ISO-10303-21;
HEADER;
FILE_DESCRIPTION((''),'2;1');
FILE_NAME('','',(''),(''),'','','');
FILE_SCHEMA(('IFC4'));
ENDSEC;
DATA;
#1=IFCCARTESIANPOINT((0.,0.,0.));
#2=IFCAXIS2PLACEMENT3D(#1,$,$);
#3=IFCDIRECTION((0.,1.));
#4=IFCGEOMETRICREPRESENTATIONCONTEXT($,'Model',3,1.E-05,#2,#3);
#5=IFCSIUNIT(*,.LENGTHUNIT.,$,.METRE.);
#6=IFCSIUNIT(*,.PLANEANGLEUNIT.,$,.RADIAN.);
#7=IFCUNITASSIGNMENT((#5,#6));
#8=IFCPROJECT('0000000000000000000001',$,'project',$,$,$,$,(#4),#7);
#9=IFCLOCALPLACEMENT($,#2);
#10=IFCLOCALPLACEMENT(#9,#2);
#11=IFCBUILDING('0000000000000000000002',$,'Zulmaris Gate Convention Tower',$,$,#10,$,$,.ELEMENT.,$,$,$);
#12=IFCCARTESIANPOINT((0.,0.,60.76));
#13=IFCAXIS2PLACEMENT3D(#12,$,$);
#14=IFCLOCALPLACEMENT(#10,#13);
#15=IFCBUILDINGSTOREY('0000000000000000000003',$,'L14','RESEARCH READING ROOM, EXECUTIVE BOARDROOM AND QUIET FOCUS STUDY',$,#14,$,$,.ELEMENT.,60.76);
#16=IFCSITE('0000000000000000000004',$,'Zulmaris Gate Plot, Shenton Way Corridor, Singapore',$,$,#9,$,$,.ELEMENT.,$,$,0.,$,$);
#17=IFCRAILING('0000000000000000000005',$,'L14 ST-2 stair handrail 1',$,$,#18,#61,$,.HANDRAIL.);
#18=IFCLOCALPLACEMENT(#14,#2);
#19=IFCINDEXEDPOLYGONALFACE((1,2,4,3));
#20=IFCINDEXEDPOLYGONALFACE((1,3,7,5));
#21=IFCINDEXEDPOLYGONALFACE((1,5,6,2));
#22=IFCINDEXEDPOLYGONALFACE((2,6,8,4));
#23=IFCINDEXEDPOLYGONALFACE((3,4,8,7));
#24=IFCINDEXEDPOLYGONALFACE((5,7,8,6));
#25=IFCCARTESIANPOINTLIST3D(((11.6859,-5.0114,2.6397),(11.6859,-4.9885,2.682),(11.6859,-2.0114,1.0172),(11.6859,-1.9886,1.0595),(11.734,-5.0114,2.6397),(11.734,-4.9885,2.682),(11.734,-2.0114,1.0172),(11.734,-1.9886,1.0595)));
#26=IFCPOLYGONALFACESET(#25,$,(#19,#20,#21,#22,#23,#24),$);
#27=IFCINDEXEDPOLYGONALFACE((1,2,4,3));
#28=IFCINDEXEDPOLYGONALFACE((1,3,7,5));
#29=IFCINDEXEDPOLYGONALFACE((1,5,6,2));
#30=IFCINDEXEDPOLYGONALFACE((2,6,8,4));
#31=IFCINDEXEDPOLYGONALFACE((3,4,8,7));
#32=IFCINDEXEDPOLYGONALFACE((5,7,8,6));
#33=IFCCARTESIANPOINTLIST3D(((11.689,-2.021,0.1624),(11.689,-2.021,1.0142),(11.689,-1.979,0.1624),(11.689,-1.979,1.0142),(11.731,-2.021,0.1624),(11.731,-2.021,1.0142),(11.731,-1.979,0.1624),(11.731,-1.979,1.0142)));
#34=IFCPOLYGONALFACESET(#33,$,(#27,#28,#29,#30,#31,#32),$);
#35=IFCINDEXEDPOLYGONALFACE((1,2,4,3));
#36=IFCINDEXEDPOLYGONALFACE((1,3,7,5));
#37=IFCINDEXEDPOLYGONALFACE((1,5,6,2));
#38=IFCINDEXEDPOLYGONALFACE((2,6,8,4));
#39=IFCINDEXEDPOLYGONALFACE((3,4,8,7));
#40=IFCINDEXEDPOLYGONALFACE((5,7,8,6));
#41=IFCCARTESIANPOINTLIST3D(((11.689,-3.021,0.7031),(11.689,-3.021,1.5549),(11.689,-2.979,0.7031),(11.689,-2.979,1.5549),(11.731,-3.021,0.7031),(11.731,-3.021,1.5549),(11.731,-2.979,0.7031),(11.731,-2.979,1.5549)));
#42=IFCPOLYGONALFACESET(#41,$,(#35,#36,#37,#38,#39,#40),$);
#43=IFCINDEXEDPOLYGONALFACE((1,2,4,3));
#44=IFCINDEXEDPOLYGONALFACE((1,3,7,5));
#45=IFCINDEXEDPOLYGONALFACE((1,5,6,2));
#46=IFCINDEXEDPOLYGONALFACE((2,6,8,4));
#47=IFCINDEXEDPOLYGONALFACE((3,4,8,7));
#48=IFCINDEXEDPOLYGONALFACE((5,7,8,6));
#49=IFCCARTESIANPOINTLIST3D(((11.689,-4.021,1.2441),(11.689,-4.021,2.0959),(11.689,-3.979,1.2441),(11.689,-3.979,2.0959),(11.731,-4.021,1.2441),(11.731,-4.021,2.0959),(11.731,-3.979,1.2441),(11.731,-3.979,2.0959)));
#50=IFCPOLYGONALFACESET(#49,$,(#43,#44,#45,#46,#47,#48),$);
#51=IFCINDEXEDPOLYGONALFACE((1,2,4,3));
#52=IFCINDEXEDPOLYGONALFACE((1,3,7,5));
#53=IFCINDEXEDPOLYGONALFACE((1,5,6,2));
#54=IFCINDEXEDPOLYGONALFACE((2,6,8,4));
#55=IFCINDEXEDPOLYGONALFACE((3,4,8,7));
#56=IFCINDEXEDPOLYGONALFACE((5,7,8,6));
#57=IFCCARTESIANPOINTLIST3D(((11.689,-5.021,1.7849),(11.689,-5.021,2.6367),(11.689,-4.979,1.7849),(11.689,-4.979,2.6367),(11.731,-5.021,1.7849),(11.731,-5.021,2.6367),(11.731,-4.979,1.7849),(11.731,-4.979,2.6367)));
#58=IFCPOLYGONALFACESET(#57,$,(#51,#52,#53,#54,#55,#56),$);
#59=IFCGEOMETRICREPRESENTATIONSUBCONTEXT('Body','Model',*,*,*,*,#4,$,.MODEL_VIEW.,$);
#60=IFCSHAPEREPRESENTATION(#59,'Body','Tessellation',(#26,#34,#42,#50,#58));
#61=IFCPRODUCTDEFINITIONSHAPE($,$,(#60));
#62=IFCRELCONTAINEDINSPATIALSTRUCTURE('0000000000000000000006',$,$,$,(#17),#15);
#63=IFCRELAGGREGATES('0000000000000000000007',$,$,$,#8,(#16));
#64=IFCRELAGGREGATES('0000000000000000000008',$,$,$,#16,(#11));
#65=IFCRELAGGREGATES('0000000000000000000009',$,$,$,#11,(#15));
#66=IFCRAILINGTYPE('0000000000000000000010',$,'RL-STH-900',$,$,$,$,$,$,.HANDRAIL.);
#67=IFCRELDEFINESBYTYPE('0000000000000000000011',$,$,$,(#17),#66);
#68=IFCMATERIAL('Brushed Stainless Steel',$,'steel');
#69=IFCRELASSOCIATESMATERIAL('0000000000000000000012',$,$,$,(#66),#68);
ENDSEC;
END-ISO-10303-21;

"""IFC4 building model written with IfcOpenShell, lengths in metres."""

from ifc_helpers import new_model, si_unit, direction, frame, origin, origin_2d, place, context, subcontext, project, spatial, rectangle, extrude, material, type_object, element, save


model = new_model("IFC4")

# Units and contexts
model_context = context("Model", 3, precision=1e-05, world=origin(), true_north=direction((0.0, 1.0)))
body_context = subcontext(model_context, "Body", "Model", "MODEL_VIEW")
ifc_project = project(units=[si_unit("LENGTHUNIT", "METRE"), si_unit("PLANEANGLEUNIT", "RADIAN")], contexts=[model_context])

# Site, building, storey
site_placement = place(None, origin())
site = spatial("IfcSite", under=ifc_project, at=site_placement, Name="Zulmaris Gate Plot, Shenton Way Corridor, Singapore", CompositionType="ELEMENT", RefElevation=0.0)
building_placement = place(site_placement, origin())
building = spatial("IfcBuilding", under=site, at=building_placement, Name="Zulmaris Gate Convention Tower", CompositionType="ELEMENT")
storey_placement = place(building_placement, frame((0.0, 0.0, 60.76)))
storey = spatial("IfcBuildingStorey", under=building, at=storey_placement, Name="L14", Description="RESEARCH READING ROOM, EXECUTIVE BOARDROOM AND QUIET FOCUS STUDY", CompositionType="ELEMENT", Elevation=60.76)

# Railing
ifc_material_1 = material(Name="Brushed Stainless Steel", Category="steel")
railing_type_1 = type_object("IfcRailingType", Name="RL-STH-900", PredefinedType="HANDRAIL", material=ifc_material_1)
railing_1_placement = place(storey_placement, frame((11.71, -2.0, 0.1624)))
element("IfcRailing", 1, at=railing_1_placement, inside=storey, type_object=railing_type_1, Name="L14 ST-2 stair handrail 1", PredefinedType="HANDRAIL", context=body_context, shape_type="SweptSolid", body=[
    extrude(rectangle(XDim=0.0481, YDim=0.0481, at=origin_2d()), frame((0.0, 0.0, 0.876), z_axis=(0.0, -0.879592, 0.47573), x_axis=(1.0, 0.0, 0.0)), (0.0, 0.0, 1.0), 3.4106),
    extrude(rectangle(XDim=0.042, YDim=0.042, at=origin_2d()), origin(), (0.0, 0.0, 1.0), 0.8518),
    extrude(rectangle(XDim=0.042, YDim=0.042, at=origin_2d()), frame((0.0, -1.0, 0.5408)), (0.0, 0.0, 1.0), 0.8518),
    extrude(rectangle(XDim=0.042, YDim=0.042, at=origin_2d()), frame((0.0, -2.0, 1.0818)), (0.0, 0.0, 1.0), 0.8518),
    extrude(rectangle(XDim=0.042, YDim=0.042, at=origin_2d()), frame((0.0, -3.0, 1.6226)), (0.0, 0.0, 1.0), 0.8518),
])

save(model, "model.ifc")
